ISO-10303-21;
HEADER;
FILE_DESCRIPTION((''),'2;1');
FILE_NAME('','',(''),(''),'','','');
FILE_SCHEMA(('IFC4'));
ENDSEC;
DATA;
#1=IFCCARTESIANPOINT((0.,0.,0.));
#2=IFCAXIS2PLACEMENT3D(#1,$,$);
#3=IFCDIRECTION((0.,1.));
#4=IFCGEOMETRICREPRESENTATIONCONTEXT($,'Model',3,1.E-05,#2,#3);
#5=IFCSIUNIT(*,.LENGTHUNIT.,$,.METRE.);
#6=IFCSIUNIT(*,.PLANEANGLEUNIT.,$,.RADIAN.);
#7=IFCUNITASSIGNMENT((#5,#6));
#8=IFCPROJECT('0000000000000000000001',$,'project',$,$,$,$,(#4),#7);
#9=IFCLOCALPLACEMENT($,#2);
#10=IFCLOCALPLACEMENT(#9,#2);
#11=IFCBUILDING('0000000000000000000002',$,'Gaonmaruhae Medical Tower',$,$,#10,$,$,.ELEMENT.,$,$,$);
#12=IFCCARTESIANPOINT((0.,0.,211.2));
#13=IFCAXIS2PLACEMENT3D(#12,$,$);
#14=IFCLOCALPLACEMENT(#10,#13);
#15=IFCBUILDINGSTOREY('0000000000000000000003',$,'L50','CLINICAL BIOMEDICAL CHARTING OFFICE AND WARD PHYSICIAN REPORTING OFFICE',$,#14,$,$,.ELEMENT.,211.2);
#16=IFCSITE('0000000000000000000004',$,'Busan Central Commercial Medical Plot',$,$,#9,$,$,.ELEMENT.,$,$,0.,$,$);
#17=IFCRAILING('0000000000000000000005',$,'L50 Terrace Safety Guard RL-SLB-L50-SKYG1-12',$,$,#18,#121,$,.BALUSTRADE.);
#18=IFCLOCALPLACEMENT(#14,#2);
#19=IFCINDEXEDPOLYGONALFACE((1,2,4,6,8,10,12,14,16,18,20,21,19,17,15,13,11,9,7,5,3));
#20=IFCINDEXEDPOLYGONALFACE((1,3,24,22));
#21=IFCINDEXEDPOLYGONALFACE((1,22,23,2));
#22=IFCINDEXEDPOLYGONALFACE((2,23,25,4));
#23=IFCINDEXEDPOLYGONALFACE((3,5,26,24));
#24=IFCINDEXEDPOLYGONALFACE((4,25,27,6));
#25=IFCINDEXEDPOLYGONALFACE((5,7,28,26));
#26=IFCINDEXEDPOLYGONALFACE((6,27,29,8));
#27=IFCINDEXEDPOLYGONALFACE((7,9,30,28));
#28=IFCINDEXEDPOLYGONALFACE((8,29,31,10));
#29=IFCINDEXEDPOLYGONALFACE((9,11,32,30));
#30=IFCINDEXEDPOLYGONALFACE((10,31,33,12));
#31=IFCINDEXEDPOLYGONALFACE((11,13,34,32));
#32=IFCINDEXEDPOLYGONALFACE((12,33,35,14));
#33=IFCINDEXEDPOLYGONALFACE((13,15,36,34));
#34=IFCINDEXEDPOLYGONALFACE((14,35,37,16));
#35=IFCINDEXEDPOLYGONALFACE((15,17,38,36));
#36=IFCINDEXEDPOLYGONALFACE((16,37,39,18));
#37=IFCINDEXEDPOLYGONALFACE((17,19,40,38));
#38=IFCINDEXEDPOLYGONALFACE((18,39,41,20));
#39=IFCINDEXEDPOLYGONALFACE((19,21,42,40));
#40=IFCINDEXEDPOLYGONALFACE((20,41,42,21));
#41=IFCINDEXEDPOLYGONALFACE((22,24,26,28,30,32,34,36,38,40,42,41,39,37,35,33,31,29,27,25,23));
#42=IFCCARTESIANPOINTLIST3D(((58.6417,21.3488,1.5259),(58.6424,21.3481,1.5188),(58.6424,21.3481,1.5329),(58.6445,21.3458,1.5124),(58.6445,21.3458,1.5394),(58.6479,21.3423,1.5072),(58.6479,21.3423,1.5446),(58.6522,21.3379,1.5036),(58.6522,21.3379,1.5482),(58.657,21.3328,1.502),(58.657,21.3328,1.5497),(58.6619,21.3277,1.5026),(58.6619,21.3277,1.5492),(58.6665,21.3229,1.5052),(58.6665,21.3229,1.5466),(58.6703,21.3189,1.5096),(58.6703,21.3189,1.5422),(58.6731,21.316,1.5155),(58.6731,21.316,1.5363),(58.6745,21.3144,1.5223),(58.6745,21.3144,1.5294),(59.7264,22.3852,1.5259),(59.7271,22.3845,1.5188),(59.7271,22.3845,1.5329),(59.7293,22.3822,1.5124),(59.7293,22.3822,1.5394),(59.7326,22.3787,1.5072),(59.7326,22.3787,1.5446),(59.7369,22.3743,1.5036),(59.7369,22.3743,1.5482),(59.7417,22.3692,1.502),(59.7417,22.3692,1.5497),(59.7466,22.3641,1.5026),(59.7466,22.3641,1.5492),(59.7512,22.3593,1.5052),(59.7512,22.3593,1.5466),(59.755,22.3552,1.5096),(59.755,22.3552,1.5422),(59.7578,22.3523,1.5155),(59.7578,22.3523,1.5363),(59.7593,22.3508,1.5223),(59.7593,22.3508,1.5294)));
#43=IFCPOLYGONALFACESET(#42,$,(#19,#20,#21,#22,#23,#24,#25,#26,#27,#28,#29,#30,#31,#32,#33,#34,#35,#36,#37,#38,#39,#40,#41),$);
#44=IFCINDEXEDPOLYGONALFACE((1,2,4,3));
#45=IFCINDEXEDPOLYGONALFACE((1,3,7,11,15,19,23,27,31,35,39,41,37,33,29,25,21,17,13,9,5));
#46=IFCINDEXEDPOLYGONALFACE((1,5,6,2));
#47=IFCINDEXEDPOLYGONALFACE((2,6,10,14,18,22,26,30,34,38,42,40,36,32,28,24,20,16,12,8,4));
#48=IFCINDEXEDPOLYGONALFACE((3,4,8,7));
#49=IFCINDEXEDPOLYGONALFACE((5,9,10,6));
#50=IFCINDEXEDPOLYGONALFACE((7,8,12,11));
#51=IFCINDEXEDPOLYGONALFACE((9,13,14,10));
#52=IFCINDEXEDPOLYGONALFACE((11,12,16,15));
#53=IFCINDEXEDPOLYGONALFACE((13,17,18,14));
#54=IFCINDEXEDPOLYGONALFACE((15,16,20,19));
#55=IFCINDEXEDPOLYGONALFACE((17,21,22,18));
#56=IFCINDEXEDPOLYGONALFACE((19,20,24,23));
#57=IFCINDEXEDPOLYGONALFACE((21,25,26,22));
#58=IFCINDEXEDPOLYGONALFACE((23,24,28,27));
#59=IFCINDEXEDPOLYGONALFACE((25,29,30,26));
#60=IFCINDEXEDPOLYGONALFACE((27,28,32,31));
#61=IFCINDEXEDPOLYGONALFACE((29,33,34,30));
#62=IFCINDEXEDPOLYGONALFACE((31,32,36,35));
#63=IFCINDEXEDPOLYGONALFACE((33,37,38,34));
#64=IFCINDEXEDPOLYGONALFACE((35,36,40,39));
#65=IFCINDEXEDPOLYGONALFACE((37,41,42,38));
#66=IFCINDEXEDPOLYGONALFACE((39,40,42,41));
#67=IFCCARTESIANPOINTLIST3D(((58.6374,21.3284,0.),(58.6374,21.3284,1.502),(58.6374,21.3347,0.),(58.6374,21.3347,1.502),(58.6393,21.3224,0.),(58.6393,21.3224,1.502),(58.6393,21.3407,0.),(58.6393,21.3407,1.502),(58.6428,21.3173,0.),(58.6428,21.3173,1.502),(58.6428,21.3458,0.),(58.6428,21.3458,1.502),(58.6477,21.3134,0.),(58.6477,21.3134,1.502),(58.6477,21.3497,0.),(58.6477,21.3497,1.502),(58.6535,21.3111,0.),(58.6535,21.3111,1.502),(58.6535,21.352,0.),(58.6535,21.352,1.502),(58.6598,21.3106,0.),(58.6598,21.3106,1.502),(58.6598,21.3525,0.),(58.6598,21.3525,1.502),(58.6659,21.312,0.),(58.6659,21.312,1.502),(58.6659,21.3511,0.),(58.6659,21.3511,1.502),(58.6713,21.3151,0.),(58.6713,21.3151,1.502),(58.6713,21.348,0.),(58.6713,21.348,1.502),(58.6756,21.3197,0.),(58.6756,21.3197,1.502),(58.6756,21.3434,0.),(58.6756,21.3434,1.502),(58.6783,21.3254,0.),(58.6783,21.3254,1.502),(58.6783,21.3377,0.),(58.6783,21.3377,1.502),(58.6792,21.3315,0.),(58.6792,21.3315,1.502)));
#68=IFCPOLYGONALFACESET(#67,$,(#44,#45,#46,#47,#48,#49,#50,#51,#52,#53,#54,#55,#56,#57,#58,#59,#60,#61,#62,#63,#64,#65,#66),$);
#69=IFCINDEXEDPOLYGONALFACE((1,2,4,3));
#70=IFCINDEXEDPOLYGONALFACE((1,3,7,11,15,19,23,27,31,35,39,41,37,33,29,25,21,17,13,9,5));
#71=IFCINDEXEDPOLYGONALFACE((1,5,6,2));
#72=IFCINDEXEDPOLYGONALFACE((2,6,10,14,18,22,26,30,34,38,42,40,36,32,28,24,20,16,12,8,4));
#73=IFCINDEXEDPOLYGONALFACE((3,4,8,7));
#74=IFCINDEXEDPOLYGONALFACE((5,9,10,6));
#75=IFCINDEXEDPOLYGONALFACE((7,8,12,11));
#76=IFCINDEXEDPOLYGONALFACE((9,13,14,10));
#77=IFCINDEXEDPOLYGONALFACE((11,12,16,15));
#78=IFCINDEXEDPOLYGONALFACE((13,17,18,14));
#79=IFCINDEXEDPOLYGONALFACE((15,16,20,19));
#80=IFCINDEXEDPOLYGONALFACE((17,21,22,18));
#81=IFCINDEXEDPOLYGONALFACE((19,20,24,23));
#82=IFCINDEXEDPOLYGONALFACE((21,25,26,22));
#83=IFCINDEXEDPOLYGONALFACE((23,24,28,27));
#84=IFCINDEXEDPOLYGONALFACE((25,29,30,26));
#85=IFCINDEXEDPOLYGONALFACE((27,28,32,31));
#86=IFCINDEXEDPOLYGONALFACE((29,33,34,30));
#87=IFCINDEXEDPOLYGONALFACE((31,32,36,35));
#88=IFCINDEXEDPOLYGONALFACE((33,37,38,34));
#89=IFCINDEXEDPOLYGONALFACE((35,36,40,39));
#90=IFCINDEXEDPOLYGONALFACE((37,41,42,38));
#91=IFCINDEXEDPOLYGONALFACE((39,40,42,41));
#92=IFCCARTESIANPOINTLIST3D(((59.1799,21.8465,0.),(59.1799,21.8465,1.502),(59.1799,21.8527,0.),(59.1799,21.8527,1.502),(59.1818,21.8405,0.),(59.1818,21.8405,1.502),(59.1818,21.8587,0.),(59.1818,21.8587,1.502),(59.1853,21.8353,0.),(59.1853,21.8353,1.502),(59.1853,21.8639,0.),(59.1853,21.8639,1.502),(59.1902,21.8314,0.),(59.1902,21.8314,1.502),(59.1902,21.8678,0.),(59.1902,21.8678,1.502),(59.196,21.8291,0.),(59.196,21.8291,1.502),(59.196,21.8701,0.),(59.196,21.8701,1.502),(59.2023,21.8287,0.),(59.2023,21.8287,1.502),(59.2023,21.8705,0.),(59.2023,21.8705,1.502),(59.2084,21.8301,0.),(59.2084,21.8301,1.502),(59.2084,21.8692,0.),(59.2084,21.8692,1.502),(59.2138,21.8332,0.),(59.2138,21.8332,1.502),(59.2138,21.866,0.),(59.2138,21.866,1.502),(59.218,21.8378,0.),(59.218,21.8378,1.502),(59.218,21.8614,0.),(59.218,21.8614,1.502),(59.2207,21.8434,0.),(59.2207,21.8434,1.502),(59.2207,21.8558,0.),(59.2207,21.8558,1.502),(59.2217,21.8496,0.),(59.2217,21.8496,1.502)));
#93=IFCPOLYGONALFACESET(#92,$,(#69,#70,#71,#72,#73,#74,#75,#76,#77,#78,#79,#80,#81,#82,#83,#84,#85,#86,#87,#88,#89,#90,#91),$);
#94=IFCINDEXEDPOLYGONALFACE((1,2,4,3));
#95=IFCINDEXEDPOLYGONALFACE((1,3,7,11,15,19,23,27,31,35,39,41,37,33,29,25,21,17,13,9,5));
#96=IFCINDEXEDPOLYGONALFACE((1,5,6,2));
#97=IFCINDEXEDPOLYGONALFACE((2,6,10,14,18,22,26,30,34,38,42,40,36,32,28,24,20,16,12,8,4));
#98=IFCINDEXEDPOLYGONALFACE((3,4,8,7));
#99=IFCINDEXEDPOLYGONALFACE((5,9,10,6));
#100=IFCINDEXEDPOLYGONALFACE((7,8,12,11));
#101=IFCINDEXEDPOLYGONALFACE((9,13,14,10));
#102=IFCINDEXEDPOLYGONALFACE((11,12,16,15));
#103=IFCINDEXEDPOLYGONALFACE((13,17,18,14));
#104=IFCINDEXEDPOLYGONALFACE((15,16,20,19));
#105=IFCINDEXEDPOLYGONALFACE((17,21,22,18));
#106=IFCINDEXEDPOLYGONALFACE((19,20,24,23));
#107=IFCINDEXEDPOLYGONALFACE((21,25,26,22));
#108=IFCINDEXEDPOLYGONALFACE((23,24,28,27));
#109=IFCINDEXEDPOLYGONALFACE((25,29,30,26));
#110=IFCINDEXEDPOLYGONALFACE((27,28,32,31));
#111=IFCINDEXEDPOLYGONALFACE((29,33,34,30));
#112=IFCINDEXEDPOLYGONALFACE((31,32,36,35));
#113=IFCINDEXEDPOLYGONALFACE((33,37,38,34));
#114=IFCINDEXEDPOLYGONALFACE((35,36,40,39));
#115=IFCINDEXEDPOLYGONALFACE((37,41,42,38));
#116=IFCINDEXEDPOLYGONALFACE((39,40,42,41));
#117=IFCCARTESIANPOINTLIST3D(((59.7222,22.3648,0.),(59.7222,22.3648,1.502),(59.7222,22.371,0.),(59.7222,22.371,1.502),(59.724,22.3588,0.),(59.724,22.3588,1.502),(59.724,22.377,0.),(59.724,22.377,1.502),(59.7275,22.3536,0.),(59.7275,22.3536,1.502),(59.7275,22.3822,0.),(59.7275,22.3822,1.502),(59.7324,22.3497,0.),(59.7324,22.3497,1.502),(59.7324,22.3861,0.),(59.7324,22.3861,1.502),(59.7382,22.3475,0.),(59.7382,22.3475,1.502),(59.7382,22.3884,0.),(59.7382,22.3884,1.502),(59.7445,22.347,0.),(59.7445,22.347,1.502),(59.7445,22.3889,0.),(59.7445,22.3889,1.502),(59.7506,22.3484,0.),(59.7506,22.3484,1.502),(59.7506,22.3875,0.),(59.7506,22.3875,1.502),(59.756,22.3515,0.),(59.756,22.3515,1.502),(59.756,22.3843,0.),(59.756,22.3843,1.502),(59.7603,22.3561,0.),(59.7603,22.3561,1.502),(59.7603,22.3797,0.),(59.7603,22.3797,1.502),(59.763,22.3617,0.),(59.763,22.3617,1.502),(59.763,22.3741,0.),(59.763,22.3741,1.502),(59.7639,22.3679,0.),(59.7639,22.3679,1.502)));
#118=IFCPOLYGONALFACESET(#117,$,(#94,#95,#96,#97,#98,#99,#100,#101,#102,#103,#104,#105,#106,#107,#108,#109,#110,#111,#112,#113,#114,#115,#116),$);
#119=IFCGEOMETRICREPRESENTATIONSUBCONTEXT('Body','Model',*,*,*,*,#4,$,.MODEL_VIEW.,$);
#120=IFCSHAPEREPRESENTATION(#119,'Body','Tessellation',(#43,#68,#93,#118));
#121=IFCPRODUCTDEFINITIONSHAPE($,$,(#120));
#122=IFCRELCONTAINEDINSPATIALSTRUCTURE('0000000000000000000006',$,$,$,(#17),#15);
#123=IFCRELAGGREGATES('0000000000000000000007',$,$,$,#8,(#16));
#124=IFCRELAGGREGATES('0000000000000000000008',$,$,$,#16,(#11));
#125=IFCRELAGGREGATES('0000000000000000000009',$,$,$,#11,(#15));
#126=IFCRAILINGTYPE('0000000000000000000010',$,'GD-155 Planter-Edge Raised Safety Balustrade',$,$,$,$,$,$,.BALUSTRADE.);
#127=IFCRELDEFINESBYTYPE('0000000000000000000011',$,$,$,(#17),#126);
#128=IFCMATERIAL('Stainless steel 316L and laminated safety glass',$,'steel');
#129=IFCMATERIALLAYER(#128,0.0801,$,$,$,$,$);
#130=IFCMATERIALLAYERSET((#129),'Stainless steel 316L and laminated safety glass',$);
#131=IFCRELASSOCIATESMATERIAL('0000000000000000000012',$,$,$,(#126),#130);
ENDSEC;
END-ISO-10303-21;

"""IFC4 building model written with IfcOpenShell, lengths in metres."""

from ifc_helpers import new_model, si_unit, direction, frame, origin, origin_2d, place, context, subcontext, project, spatial, circle, extrude, material, layer, layer_set, type_object, element, save


model = new_model("IFC4")

# Units and contexts
model_context = context("Model", 3, precision=1e-05, world=origin(), true_north=direction((0.0, 1.0)))
body_context = subcontext(model_context, "Body", "Model", "MODEL_VIEW")
ifc_project = project(units=[si_unit("LENGTHUNIT", "METRE"), si_unit("PLANEANGLEUNIT", "RADIAN")], contexts=[model_context])

# Site, building, storey
site_placement = place(None, origin())
site = spatial("IfcSite", under=ifc_project, at=site_placement, Name="Busan Central Commercial Medical Plot", CompositionType="ELEMENT", RefElevation=0.0)
building_placement = place(site_placement, origin())
building = spatial("IfcBuilding", under=site, at=building_placement, Name="Gaonmaruhae Medical Tower", CompositionType="ELEMENT")
storey_placement = place(building_placement, frame((0.0, 0.0, 211.2)))
storey = spatial("IfcBuildingStorey", under=building, at=storey_placement, Name="L50", Description="CLINICAL BIOMEDICAL CHARTING OFFICE AND WARD PHYSICIAN REPORTING OFFICE", CompositionType="ELEMENT", Elevation=211.2)

# Railing
ifc_material_1 = material(Name="Stainless steel 316L and laminated safety glass", Category="steel")
ifc_layer_1 = layer(ifc_material_1, 0.0801)
ifc_layer_set_1 = layer_set([ifc_layer_1], Name="Stainless steel 316L and laminated safety glass")
railing_type = type_object("IfcRailingType", Name="GD-155 Planter-Edge Raised Safety Balustrade", PredefinedType="BALUSTRADE", material=ifc_layer_set_1)
railing_1_placement = place(storey_placement, frame((58.6582, 21.3315, 0.0)))
element("IfcRailing", 1, at=railing_1_placement, inside=storey, type_object=railing_type, Name="L50 Terrace Safety Guard RL-SLB-L50-SKYG1-12", PredefinedType="BALUSTRADE", context=body_context, shape_type="SweptSolid", body=[
    extrude(circle(Radius=0.0239, at=origin_2d()), frame((0.0, 0.0, 1.5259), z_axis=(0.723034, 0.690812, 0.0), x_axis=(-0.690812, 0.723034, 0.0)), (0.0, 0.0, 1.0), 1.5002),
    extrude(circle(Radius=0.021, at=origin_2d()), origin(), (0.0, 0.0, 1.0), 1.502),
    extrude(circle(Radius=0.021, at=origin_2d()), frame((0.5425, 0.5181, 0.0)), (0.0, 0.0, 1.0), 1.502),
    extrude(circle(Radius=0.021, at=origin_2d()), frame((1.0847, 1.0364, 0.0)), (0.0, 0.0, 1.0), 1.502),
])

save(model, "model.ifc")
